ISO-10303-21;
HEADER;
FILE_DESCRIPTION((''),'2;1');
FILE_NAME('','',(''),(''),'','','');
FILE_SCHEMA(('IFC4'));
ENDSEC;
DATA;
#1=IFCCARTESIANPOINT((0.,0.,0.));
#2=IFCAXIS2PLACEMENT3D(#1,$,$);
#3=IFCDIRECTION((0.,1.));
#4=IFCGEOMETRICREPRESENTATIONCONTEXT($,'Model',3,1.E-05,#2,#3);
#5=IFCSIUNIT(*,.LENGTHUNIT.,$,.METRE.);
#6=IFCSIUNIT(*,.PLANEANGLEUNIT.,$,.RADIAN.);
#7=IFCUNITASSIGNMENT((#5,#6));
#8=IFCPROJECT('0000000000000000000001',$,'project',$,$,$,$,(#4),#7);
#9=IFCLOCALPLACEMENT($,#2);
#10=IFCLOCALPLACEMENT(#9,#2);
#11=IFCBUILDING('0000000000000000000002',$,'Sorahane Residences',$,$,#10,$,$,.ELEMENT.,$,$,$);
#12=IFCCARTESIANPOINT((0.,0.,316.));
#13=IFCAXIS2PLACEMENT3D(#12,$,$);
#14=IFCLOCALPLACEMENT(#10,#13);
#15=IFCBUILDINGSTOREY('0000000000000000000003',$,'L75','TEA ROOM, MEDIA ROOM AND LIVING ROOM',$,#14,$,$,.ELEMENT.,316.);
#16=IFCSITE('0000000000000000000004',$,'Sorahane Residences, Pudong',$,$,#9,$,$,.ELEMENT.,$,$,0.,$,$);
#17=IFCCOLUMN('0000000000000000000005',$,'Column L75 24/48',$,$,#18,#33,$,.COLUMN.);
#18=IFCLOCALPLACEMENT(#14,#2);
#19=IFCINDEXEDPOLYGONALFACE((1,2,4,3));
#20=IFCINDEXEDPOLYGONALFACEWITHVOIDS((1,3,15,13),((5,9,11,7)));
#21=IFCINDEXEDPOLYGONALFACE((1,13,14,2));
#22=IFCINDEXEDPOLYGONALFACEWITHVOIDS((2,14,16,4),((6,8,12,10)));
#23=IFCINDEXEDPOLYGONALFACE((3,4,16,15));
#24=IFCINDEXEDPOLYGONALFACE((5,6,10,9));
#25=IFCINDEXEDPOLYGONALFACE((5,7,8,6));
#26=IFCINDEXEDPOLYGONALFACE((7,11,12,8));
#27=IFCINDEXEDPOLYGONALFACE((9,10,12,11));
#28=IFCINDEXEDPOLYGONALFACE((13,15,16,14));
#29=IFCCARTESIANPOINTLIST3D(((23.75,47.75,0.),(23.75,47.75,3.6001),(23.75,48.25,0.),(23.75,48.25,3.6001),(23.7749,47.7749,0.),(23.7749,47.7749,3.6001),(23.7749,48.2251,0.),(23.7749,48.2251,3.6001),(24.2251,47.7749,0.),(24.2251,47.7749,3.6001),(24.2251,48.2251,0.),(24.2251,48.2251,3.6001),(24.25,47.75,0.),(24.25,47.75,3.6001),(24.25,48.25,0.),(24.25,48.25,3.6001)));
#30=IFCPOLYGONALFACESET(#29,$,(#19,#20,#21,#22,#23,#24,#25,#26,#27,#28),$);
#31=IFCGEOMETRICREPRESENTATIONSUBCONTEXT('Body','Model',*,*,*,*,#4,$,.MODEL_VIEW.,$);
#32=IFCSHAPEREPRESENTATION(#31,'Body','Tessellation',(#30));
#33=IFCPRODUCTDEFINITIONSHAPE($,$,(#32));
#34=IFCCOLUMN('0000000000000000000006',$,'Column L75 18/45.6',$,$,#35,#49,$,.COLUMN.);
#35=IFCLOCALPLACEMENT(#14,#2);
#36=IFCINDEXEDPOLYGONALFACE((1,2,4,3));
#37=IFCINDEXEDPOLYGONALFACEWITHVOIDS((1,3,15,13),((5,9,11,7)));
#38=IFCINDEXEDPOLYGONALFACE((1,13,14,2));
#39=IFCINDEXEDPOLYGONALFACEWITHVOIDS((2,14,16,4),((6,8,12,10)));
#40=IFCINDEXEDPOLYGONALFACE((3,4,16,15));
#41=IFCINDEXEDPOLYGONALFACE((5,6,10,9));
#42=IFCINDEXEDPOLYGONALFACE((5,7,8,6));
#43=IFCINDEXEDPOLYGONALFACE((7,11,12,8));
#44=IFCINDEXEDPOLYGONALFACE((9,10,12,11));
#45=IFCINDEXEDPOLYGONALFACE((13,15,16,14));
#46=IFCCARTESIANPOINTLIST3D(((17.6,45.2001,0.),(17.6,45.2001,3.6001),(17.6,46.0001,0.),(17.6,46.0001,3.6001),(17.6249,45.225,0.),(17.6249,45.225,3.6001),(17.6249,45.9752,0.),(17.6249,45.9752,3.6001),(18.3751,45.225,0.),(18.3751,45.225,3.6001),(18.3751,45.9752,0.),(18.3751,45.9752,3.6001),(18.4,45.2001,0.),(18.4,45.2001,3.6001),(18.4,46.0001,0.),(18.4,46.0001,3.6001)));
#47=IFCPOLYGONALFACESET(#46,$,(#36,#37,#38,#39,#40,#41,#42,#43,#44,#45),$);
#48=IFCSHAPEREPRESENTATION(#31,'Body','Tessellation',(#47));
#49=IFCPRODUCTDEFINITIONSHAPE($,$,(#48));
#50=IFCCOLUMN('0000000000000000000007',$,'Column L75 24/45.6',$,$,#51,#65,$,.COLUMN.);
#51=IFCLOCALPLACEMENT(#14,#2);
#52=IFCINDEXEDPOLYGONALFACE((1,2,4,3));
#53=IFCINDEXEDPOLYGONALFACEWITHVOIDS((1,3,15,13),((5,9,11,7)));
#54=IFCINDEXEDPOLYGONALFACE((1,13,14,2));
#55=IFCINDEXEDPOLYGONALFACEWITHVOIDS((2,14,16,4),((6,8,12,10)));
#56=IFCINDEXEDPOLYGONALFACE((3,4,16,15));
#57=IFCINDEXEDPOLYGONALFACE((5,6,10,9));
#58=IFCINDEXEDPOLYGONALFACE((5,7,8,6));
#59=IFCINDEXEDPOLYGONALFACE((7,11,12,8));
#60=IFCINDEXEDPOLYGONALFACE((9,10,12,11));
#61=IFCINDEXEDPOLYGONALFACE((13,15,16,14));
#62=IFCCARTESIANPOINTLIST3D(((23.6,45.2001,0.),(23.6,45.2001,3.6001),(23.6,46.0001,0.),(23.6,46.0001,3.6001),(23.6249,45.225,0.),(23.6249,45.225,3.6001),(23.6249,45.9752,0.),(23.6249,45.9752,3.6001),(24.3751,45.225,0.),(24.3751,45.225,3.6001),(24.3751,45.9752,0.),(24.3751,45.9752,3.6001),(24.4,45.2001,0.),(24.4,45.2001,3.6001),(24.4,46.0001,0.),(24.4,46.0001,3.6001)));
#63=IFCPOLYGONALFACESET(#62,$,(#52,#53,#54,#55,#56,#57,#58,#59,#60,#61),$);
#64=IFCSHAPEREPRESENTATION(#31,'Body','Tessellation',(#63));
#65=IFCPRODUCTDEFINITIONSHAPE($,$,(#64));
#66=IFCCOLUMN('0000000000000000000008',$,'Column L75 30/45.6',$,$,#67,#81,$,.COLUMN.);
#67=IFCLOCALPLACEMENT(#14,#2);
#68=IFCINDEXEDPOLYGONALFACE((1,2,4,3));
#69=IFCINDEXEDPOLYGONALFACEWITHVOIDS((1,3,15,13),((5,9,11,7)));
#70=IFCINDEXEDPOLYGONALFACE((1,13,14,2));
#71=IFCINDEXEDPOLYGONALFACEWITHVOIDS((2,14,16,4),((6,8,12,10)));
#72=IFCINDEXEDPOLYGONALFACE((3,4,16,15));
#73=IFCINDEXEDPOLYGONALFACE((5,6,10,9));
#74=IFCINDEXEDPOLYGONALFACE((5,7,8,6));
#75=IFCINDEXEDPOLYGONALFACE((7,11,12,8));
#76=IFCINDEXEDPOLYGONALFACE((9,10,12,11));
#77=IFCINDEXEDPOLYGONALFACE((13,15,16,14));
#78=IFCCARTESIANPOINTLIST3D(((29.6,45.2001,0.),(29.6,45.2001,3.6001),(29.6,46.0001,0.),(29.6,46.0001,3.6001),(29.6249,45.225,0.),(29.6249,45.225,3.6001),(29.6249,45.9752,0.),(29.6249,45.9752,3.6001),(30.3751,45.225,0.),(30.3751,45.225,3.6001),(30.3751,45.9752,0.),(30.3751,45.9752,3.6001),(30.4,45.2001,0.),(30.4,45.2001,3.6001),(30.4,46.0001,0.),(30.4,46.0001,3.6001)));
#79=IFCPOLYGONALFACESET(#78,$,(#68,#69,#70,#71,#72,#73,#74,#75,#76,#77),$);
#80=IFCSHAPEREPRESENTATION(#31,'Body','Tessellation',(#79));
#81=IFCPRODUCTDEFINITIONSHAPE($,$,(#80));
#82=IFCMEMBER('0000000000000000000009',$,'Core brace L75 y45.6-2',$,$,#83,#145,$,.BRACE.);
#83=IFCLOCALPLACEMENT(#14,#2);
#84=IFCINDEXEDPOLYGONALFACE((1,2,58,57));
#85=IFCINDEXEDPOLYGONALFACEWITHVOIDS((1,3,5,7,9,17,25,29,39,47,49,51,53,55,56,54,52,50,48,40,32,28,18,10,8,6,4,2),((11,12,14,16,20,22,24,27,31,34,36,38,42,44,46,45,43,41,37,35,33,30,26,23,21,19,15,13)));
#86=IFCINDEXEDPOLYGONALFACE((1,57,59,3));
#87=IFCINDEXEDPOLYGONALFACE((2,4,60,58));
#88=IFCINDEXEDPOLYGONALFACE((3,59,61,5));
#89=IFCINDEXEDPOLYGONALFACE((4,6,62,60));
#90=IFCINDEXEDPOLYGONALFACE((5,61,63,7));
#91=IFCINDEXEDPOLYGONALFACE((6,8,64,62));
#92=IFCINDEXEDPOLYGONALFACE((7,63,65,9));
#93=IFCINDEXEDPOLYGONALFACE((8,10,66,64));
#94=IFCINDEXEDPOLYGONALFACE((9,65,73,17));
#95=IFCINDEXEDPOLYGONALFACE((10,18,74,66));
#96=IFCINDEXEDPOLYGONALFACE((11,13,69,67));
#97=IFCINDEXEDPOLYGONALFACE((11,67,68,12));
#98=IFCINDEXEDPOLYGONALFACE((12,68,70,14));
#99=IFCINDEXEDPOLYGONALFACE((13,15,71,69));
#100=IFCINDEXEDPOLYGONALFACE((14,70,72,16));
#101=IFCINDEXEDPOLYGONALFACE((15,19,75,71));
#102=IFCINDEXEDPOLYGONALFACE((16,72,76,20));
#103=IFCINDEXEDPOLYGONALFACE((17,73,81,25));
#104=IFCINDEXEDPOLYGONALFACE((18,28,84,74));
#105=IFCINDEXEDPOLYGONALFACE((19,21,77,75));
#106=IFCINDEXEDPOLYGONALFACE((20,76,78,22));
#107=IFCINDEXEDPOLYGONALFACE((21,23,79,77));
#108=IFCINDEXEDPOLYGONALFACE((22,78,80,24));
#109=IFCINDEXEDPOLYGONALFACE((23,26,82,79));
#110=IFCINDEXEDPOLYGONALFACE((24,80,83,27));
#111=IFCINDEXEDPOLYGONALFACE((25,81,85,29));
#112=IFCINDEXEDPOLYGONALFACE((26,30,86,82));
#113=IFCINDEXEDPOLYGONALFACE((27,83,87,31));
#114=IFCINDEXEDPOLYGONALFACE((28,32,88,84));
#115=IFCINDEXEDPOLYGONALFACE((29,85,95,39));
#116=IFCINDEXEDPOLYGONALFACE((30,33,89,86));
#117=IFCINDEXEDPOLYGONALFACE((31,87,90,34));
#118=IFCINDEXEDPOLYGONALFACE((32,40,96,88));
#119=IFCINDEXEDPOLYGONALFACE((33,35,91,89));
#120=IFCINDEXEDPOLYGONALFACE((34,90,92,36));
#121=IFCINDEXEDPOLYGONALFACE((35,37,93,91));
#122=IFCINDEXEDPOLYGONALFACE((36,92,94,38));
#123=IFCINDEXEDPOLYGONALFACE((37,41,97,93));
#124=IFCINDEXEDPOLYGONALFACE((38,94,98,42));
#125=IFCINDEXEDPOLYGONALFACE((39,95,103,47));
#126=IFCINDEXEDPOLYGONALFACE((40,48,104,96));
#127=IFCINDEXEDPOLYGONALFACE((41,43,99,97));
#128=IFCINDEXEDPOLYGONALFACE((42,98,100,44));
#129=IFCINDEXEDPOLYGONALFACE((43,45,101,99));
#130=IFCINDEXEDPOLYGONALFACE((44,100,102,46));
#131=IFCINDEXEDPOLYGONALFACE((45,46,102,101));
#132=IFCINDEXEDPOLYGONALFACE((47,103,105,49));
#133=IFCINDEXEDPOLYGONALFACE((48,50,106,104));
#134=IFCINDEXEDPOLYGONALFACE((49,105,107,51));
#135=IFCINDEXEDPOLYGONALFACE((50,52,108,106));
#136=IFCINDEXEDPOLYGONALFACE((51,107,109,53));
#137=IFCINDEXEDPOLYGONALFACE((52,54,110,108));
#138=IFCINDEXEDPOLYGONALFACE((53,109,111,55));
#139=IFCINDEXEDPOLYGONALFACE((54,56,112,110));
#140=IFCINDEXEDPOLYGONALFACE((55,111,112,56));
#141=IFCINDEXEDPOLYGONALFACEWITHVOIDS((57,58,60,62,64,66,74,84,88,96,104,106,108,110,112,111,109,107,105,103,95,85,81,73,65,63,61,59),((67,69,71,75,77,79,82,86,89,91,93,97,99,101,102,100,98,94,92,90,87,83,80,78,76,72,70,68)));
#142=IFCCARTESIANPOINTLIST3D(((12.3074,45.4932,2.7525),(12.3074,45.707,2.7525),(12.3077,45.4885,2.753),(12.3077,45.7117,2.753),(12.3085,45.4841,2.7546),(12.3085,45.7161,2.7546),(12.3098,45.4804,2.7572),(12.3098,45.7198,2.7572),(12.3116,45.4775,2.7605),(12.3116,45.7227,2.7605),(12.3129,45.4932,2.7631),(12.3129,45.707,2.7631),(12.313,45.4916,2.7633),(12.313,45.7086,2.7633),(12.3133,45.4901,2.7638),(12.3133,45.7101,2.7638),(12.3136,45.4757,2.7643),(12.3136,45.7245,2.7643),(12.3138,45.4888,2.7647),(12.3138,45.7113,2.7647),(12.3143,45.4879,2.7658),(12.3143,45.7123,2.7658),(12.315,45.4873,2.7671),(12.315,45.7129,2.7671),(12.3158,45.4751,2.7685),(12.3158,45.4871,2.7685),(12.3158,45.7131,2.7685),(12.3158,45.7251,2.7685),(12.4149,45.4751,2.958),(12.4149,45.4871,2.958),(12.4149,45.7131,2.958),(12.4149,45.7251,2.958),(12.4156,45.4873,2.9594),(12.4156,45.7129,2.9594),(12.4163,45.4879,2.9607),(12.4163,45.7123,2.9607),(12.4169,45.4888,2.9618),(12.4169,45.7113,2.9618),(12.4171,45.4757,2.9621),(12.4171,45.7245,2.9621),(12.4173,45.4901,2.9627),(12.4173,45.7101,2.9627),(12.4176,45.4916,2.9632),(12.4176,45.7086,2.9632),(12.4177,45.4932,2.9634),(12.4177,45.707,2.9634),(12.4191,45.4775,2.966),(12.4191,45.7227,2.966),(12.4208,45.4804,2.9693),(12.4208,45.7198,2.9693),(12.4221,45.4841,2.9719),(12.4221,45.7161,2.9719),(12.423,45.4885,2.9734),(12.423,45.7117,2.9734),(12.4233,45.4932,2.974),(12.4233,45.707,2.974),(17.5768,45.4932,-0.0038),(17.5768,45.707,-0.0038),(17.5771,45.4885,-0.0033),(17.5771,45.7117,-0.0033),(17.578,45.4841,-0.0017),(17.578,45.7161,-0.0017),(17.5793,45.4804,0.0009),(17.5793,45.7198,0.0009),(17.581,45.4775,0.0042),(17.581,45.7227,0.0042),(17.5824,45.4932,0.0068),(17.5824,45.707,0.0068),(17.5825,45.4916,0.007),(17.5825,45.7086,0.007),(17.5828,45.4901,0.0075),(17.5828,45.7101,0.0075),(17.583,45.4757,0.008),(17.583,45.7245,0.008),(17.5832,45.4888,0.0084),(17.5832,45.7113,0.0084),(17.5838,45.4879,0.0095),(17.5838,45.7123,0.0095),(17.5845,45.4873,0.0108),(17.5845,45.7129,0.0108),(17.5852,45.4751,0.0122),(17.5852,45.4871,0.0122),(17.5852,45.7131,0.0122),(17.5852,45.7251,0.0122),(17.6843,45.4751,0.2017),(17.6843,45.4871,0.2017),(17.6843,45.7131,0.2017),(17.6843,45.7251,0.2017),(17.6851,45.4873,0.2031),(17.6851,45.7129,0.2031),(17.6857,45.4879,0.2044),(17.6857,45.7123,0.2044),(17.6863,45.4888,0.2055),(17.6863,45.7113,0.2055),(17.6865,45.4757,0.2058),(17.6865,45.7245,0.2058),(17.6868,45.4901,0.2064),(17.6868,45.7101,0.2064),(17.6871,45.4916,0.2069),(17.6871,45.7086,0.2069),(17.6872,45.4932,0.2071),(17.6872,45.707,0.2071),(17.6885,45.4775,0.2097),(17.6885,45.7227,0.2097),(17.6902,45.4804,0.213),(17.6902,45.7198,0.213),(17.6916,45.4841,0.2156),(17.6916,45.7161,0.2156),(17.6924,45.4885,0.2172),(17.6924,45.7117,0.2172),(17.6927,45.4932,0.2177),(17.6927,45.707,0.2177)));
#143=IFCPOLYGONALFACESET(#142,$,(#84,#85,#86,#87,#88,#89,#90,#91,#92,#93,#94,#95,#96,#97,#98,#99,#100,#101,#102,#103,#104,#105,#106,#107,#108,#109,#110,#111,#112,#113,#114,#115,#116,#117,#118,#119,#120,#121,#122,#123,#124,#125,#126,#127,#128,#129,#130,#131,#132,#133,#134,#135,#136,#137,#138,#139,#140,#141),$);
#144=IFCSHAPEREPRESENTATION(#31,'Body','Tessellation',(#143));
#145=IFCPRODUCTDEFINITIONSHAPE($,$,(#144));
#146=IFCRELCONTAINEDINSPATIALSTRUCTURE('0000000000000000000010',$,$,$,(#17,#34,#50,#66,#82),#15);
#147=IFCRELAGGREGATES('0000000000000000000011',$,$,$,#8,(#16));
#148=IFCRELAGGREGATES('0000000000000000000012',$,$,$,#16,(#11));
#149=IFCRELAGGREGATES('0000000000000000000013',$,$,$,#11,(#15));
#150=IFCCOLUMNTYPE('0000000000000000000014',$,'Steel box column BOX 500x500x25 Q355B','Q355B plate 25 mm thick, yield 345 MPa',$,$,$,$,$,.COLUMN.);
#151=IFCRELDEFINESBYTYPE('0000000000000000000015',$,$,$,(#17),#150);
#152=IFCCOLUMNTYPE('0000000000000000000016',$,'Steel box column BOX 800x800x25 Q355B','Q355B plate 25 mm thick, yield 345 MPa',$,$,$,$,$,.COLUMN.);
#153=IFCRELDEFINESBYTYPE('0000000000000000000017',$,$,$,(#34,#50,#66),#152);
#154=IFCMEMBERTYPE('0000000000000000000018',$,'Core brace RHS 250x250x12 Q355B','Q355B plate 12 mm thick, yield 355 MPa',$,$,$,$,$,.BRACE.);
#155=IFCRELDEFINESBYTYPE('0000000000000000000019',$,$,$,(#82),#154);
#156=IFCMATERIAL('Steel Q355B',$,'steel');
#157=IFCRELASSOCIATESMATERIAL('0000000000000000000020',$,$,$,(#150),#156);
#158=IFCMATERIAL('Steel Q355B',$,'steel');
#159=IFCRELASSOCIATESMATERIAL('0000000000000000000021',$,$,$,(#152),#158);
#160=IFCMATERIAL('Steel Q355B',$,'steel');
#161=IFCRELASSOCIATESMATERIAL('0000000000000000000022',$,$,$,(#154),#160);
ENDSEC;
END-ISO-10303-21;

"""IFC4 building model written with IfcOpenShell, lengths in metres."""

from ifc_helpers import new_model, si_unit, direction, frame, origin, origin_2d, place, context, subcontext, project, spatial, hollow_rectangle, extrude, material, material_profile, profile_set, type_object, element, save


model = new_model("IFC4")

# Units and contexts
model_context = context("Model", 3, precision=1e-05, world=origin(), true_north=direction((0.0, 1.0)))
body_context = subcontext(model_context, "Body", "Model", "MODEL_VIEW")
ifc_project = project(units=[si_unit("LENGTHUNIT", "METRE"), si_unit("PLANEANGLEUNIT", "RADIAN")], contexts=[model_context])

# Site, building, storey
site_placement = place(None, origin())
site = spatial("IfcSite", under=ifc_project, at=site_placement, Name="Sorahane Residences, Pudong", CompositionType="ELEMENT", RefElevation=0.0)
building_placement = place(site_placement, origin())
building = spatial("IfcBuilding", under=site, at=building_placement, Name="Sorahane Residences", CompositionType="ELEMENT")
storey_placement = place(building_placement, frame((0.0, 0.0, 316.0)))
storey = spatial("IfcBuildingStorey", under=building, at=storey_placement, Name="L75", Description="TEA ROOM, MEDIA ROOM AND LIVING ROOM", CompositionType="ELEMENT", Elevation=316.0)

# Columns
ifc_material_1 = material(Name="Steel Q355B", Category="steel")
ifc_material_profile_1 = material_profile(ifc_material_1, hollow_rectangle(XDim=0.5, YDim=0.5, WallThickness=0.0249, at=origin_2d()), Name="BOX 500x500x25")
ifc_profile_set_1 = profile_set([ifc_material_profile_1], Name="Steel Q355B")
column_type_1 = type_object("IfcColumnType", Name="Steel box column BOX 500x500x25 Q355B", Description="Q355B plate 25 mm thick, yield 345 MPa", PredefinedType="COLUMN", material=ifc_profile_set_1)
column_placement = place(storey_placement, frame((24.0, 48.0, 0.0), z_axis=(0.0, 0.0, 1.0), x_axis=(1.0, 0.0, 0.0)))
element("IfcColumn", 1, at=column_placement, inside=storey, type_object=column_type_1, Name="Column L75 24/48", PredefinedType="COLUMN", context=body_context, shape_type="SweptSolid", body=[
    extrude(hollow_rectangle(XDim=0.5, YDim=0.5, WallThickness=0.0249, at=origin_2d()), origin(), (0.0, 0.0, 1.0), 3.6001),
])
ifc_material_2 = material(Name="Steel Q355B", Category="steel")
ifc_material_profile_2 = material_profile(ifc_material_2, hollow_rectangle(XDim=0.8, YDim=0.8, WallThickness=0.0249, at=origin_2d()), Name="BOX 800x800x25")
ifc_profile_set_2 = profile_set([ifc_material_profile_2], Name="Steel Q355B")
column_type_2 = type_object("IfcColumnType", Name="Steel box column BOX 800x800x25 Q355B", Description="Q355B plate 25 mm thick, yield 345 MPa", PredefinedType="COLUMN", material=ifc_profile_set_2)
for number, where, z_axis, x_axis, name in (
    (2, (18.0, 45.6001, 0.0), (0.0, 0.0, 1.0), (1.0, 0.0, 0.0), "Column L75 18/45.6"),
    (3, (24.0, 45.6001, 0.0), (0.0, 0.0, 1.0), (1.0, 0.0, 0.0), "Column L75 24/45.6"),
    (4, (30.0, 45.6001, 0.0), (0.0, 0.0, 1.0), (1.0, 0.0, 0.0), "Column L75 30/45.6"),
):
    element("IfcColumn", number, at=place(storey_placement, frame(where, z_axis=z_axis, x_axis=x_axis)), inside=storey, type_object=column_type_2, Name=name, PredefinedType="COLUMN", context=body_context, shape_type="SweptSolid", body=[
        extrude(hollow_rectangle(XDim=0.8, YDim=0.8, WallThickness=0.0249, at=origin_2d()), origin(), (0.0, 0.0, 1.0), 3.6001),
    ])

# Member
ifc_material_3 = material(Name="Steel Q355B", Category="steel")
ifc_material_profile_3 = material_profile(ifc_material_3, hollow_rectangle(XDim=0.25, YDim=0.25, WallThickness=0.012, InnerFilletRadius=0.0061, OuterFilletRadius=0.0181, at=origin_2d()), Name="RHS 250x250x12")
ifc_profile_set_3 = profile_set([ifc_material_profile_3], Name="Steel Q355B")
member_type_1 = type_object("IfcMemberType", Name="Core brace RHS 250x250x12 Q355B", Description="Q355B plate 12 mm thick, yield 355 MPa", PredefinedType="BRACE", material=ifc_profile_set_3)
for number, where, z_axis, x_axis, name in (
    (5, (17.6348, 45.6001, 0.1069), (-0.8861, 0.0, 0.463495), (0.0, -1.0, 0.0), "Core brace L75 y45.6-2"),
):
    element("IfcMember", number, at=place(storey_placement, frame(where, z_axis=z_axis, x_axis=x_axis)), inside=storey, type_object=member_type_1, Name=name, PredefinedType="BRACE", context=body_context, shape_type="SweptSolid", body=[
        extrude(hollow_rectangle(XDim=0.25, YDim=0.25, WallThickness=0.012, InnerFilletRadius=0.0061, OuterFilletRadius=0.0181, at=origin_2d()), origin(), (0.0, 0.0, 1.0), 5.9468),
    ])

save(model, "model.ifc")
